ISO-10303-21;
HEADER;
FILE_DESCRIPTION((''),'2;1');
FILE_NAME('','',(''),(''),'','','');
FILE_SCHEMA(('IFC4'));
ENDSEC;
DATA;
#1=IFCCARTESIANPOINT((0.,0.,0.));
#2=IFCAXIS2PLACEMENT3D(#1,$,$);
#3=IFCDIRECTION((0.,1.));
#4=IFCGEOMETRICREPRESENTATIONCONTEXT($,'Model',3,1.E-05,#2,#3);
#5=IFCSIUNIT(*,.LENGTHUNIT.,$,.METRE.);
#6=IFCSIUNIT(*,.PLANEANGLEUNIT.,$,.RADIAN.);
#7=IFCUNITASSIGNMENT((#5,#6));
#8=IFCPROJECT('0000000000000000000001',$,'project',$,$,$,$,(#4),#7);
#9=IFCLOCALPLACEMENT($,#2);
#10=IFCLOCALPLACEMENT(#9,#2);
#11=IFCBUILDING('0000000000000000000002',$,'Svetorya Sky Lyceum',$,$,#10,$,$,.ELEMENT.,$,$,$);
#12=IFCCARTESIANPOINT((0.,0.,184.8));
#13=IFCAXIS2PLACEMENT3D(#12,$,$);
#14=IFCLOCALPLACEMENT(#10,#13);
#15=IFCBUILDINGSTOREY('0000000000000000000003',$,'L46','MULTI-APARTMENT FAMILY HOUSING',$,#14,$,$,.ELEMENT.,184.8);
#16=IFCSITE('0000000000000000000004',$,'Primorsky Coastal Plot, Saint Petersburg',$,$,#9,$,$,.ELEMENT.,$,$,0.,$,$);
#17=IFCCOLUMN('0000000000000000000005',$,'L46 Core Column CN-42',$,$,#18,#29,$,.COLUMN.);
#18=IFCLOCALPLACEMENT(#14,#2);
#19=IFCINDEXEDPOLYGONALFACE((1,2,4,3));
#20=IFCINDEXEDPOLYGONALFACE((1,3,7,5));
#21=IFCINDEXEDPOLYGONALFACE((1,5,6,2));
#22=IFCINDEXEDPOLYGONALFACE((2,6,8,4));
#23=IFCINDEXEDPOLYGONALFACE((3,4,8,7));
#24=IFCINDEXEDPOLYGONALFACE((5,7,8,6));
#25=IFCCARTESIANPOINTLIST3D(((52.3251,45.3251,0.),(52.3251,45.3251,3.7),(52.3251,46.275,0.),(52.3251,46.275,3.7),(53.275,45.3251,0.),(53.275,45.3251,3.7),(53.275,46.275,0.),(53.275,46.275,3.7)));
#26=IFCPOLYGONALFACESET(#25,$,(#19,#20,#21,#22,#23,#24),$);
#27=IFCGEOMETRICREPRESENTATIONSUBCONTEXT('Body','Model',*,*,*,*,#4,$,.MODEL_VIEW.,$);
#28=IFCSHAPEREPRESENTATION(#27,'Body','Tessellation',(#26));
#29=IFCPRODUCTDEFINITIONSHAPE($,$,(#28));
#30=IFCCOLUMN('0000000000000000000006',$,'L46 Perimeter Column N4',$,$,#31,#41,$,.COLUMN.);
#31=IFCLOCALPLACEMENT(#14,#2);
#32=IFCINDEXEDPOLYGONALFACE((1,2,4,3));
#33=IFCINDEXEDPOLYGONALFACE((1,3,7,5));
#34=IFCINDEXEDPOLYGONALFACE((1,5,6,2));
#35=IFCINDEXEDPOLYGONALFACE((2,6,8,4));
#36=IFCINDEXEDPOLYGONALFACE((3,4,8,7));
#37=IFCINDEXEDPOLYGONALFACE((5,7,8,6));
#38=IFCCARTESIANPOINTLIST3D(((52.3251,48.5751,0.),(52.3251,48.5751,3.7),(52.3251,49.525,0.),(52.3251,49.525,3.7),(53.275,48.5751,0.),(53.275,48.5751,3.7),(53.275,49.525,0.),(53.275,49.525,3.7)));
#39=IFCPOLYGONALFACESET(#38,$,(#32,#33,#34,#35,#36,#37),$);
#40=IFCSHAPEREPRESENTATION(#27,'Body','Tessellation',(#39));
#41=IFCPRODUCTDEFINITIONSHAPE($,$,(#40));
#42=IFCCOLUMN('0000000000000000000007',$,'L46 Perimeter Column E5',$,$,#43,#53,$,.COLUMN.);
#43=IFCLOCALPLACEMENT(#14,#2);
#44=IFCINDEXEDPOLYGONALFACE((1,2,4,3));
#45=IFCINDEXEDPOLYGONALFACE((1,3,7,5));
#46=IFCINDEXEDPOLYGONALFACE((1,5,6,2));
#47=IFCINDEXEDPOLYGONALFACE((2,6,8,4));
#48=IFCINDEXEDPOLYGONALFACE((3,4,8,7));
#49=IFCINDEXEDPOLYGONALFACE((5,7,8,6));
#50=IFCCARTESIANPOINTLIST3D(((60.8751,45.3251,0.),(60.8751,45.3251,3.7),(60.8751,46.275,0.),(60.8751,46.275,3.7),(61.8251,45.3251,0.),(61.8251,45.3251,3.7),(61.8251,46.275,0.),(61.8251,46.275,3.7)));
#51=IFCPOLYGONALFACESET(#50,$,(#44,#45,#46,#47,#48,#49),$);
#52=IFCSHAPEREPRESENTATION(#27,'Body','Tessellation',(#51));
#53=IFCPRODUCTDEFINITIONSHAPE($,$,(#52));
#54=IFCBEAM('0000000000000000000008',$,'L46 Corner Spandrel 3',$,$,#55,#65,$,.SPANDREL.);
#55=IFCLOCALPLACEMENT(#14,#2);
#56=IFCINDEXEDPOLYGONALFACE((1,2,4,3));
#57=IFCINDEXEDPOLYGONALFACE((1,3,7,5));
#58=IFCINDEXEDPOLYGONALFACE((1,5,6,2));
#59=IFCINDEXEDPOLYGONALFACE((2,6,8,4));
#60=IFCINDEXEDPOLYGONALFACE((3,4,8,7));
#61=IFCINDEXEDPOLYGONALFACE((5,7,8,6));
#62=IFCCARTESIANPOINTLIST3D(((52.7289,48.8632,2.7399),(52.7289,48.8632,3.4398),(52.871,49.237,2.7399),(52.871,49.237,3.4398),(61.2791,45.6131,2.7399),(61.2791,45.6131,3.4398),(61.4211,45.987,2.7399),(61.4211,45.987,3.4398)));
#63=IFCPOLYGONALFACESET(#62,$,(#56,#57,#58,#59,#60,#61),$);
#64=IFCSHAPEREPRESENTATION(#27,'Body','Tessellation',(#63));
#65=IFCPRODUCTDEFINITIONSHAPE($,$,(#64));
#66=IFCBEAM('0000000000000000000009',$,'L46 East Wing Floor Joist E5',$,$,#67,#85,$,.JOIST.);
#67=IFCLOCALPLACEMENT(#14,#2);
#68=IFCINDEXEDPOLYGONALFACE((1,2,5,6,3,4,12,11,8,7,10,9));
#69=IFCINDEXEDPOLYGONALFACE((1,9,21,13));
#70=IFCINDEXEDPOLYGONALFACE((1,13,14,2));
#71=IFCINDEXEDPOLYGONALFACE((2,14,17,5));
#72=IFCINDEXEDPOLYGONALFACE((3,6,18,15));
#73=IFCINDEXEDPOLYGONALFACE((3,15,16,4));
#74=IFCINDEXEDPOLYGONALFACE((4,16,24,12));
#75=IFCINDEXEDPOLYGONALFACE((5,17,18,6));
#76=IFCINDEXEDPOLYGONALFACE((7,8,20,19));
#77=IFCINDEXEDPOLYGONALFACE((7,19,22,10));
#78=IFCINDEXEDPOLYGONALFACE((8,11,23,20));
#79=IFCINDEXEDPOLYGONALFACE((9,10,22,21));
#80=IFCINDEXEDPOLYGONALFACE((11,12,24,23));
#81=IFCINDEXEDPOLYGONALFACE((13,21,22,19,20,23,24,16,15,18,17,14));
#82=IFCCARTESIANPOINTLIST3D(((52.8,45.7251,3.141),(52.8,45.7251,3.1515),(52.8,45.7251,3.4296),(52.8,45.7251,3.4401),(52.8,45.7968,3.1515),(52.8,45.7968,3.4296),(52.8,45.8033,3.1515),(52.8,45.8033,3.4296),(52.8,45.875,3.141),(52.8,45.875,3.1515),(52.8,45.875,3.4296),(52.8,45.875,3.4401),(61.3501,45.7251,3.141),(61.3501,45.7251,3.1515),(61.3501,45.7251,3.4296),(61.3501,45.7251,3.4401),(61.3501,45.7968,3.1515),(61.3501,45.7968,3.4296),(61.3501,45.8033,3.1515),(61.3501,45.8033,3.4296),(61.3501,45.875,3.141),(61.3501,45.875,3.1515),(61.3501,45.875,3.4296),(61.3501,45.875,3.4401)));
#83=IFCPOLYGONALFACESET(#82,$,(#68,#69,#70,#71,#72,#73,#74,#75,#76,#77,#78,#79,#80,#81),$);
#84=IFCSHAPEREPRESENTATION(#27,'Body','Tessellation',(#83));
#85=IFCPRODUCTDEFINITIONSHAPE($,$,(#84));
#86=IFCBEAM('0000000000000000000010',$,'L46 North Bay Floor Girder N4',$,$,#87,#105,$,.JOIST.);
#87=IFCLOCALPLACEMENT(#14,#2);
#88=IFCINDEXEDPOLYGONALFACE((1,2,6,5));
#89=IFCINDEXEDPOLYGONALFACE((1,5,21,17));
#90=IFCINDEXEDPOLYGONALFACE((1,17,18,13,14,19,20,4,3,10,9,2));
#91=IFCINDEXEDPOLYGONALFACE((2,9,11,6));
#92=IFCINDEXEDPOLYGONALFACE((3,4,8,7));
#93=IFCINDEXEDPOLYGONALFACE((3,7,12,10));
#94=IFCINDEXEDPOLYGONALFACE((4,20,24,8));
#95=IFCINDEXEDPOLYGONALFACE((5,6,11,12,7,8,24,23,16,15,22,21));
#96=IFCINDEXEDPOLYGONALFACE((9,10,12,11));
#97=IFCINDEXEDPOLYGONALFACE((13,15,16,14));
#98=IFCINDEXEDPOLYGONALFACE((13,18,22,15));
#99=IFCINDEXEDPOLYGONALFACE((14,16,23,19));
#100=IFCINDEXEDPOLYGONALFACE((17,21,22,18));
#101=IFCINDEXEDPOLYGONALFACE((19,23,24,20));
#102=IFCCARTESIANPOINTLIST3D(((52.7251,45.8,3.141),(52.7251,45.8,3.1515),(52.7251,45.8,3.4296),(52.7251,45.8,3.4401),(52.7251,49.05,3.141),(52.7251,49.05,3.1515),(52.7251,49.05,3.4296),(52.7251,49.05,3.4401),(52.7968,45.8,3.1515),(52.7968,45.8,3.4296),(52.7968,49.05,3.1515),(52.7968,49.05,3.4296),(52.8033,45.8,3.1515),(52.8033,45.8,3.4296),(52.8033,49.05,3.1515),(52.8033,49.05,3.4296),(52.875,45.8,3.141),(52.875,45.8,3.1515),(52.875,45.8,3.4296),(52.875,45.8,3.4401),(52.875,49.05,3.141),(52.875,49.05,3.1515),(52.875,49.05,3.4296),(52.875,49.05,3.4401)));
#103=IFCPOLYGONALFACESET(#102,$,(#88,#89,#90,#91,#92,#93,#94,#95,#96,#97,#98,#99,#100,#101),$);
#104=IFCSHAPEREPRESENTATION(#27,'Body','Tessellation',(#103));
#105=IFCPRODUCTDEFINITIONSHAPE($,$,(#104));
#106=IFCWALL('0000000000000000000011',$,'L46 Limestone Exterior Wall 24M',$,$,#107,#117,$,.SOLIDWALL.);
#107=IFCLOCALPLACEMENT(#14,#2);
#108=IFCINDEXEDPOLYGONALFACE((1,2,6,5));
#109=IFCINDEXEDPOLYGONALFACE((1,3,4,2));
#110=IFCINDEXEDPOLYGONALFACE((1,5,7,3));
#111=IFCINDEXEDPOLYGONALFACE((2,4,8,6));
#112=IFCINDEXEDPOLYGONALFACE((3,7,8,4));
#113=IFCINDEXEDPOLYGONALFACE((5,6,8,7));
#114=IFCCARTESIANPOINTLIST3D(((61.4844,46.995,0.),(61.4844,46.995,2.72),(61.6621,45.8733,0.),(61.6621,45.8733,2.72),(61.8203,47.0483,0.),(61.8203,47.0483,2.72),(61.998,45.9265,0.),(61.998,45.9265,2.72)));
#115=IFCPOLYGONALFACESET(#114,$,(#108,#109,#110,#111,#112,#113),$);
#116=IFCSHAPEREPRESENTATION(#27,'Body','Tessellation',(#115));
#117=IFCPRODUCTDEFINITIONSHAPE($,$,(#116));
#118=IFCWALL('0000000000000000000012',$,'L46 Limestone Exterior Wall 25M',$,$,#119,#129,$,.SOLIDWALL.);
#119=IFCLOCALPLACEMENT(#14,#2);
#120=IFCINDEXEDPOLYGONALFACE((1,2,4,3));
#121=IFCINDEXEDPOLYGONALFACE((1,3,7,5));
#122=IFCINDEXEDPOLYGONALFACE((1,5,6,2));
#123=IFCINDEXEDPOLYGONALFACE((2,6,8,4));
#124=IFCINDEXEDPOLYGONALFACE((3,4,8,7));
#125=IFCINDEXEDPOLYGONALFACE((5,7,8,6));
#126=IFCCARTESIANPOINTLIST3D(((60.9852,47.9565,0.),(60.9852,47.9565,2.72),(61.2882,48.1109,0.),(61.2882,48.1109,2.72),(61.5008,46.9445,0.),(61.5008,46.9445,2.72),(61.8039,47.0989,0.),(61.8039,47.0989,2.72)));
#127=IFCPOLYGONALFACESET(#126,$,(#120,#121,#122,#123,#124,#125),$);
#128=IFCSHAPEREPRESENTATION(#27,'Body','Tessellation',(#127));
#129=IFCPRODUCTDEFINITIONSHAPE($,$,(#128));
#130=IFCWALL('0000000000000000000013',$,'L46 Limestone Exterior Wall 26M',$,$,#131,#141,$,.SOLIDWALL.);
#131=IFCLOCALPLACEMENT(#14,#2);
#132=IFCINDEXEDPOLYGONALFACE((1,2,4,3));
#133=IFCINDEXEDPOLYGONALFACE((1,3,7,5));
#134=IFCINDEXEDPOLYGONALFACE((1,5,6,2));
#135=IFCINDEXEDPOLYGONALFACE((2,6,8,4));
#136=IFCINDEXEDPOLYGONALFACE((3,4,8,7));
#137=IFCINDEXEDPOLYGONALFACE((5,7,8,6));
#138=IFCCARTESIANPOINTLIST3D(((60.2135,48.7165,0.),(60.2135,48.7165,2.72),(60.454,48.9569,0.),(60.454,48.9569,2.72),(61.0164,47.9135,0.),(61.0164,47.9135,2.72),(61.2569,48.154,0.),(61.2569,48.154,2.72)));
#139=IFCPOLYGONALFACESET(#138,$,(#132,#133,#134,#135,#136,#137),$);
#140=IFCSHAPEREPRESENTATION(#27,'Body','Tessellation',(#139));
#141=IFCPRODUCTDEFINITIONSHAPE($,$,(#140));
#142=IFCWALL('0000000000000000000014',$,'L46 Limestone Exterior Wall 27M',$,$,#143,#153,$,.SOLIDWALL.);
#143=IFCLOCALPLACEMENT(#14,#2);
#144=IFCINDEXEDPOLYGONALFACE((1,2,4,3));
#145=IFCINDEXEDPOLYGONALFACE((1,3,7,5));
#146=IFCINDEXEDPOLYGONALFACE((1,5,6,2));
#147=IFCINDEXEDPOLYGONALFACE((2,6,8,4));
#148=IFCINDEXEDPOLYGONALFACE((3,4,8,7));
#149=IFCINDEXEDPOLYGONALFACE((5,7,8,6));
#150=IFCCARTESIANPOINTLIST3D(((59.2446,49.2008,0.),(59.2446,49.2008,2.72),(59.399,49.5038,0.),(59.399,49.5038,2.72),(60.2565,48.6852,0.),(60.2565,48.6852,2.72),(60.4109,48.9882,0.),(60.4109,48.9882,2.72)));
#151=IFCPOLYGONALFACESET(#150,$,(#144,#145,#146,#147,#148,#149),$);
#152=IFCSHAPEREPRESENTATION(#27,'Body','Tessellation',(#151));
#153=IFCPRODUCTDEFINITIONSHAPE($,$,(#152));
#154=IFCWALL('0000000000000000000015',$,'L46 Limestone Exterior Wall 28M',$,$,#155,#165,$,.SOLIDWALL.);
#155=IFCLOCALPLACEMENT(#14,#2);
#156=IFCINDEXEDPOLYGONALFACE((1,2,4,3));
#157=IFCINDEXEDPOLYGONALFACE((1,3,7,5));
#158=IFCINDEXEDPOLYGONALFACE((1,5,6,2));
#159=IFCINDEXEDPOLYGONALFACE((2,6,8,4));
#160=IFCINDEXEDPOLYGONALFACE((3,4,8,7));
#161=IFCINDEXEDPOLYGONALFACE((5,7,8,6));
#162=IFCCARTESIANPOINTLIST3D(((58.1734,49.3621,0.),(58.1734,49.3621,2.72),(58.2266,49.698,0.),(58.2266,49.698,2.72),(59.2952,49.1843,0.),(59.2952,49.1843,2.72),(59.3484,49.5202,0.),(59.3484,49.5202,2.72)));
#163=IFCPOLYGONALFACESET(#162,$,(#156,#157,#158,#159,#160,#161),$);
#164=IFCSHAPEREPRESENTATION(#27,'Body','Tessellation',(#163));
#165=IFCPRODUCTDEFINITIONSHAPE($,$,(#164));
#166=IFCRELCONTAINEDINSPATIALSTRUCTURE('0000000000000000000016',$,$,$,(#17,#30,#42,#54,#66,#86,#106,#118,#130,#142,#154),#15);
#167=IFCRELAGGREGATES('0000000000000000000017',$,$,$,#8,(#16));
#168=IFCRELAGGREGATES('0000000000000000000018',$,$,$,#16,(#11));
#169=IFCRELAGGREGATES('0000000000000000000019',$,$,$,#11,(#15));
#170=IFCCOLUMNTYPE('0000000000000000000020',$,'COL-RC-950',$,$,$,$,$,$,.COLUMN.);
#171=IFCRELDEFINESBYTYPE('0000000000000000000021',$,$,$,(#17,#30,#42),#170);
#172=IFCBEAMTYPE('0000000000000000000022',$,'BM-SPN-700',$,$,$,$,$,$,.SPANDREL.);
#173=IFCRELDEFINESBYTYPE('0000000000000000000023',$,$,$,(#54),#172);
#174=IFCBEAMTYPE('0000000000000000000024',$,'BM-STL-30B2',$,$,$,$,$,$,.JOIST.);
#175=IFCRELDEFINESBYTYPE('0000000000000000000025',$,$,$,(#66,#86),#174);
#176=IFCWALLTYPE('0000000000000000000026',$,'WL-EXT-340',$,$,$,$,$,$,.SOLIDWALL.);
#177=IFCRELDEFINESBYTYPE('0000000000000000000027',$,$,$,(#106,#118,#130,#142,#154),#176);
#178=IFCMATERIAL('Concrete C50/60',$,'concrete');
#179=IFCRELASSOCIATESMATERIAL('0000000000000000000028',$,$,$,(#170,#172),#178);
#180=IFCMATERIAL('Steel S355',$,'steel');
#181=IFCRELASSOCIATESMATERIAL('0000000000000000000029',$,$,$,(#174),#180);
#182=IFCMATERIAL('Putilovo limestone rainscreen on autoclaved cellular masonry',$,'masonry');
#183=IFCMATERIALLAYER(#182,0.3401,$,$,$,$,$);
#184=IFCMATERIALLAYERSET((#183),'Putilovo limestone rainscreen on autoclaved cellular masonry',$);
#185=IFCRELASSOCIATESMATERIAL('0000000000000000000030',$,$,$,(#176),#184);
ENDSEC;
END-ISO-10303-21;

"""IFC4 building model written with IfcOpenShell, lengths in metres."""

from ifc_helpers import new_model, si_unit, direction, frame, frame_2d, origin, origin_2d, place, context, subcontext, project, spatial, rectangle, i_section, extrude, material, layer, layer_set, material_profile, profile_set, type_object, element, save


model = new_model("IFC4")

# Units and contexts
model_context = context("Model", 3, precision=1e-05, world=origin(), true_north=direction((0.0, 1.0)))
body_context = subcontext(model_context, "Body", "Model", "MODEL_VIEW")
ifc_project = project(units=[si_unit("LENGTHUNIT", "METRE"), si_unit("PLANEANGLEUNIT", "RADIAN")], contexts=[model_context])

# Site, building, storey
site_placement = place(None, origin())
site = spatial("IfcSite", under=ifc_project, at=site_placement, Name="Primorsky Coastal Plot, Saint Petersburg", CompositionType="ELEMENT", RefElevation=0.0)
building_placement = place(site_placement, origin())
building = spatial("IfcBuilding", under=site, at=building_placement, Name="Svetorya Sky Lyceum", CompositionType="ELEMENT")
storey_placement = place(building_placement, frame((0.0, 0.0, 184.8)))
storey = spatial("IfcBuildingStorey", under=building, at=storey_placement, Name="L46", Description="MULTI-APARTMENT FAMILY HOUSING", CompositionType="ELEMENT", Elevation=184.8)

# Columns
ifc_material_1 = material(Name="Concrete C50/60", Category="concrete")
ifc_material_profile_1 = material_profile(ifc_material_1, rectangle(XDim=0.95, YDim=0.95, at=origin_2d()), Name="RC COL 950x950")
ifc_profile_set_1 = profile_set([ifc_material_profile_1], Name="Concrete C50/60")
column_type = type_object("IfcColumnType", Name="COL-RC-950", PredefinedType="COLUMN", material=ifc_profile_set_1)
for number, where, z_axis, x_axis, name in (
    (1, (52.8, 45.8, 0.0), (0.0, 0.0, 1.0), (1.0, 0.0, 0.0), "L46 Core Column CN-42"),
    (2, (52.8, 49.05, 0.0), (0.0, 0.0, 1.0), (1.0, 0.0, 0.0), "L46 Perimeter Column N4"),
    (3, (61.3501, 45.8, 0.0), (0.0, 0.0, 1.0), (1.0, 0.0, 0.0), "L46 Perimeter Column E5"),
):
    element("IfcColumn", number, at=place(storey_placement, frame(where, z_axis=z_axis, x_axis=x_axis)), inside=storey, type_object=column_type, Name=name, PredefinedType="COLUMN", context=body_context, shape_type="SweptSolid", body=[
        extrude(rectangle(XDim=0.95, YDim=0.95, at=origin_2d()), origin(), (0.0, 0.0, 1.0), 3.7),
    ])

# Beams
ifc_material_profile_2 = material_profile(ifc_material_1, rectangle(XDim=0.3999, YDim=0.7, at=origin_2d()), Name="RC SPANDREL 400x700")
ifc_profile_set_2 = profile_set([ifc_material_profile_2], Name="Concrete C50/60")
beam_type_1 = type_object("IfcBeamType", Name="BM-SPN-700", PredefinedType="SPANDREL", material=ifc_profile_set_2)
beam_1_placement = place(storey_placement, frame((61.3501, 45.8, 3.0898), z_axis=(-0.934748, 0.355312, 0.0), x_axis=(-0.355312, -0.934748, 0.0)))
element("IfcBeam", 4, at=beam_1_placement, inside=storey, type_object=beam_type_1, Name="L46 Corner Spandrel 3", PredefinedType="SPANDREL", context=body_context, shape_type="SweptSolid", body=[
    extrude(rectangle(XDim=0.3999, YDim=0.7, at=origin_2d()), origin(), (0.0, 0.0, 1.0), 9.147),
])
ifc_material_2 = material(Name="Steel S355", Category="steel")
ifc_material_profile_3 = material_profile(ifc_material_2, i_section(OverallWidth=0.1499, OverallDepth=0.2991, WebThickness=0.0066, FlangeThickness=0.0105, at=origin_2d()), Name="GOST 30B2")
ifc_profile_set_3 = profile_set([ifc_material_profile_3], Name="Steel S355")
beam_type_2 = type_object("IfcBeamType", Name="BM-STL-30B2", PredefinedType="JOIST", material=ifc_profile_set_3)
beam_2_placement = place(storey_placement, frame((52.8, 45.8, 3.2905), z_axis=(1.0, 0.0, 0.0), x_axis=(0.0, 1.0, 0.0)))
element("IfcBeam", 5, at=beam_2_placement, inside=storey, type_object=beam_type_2, Name="L46 East Wing Floor Joist E5", PredefinedType="JOIST", context=body_context, shape_type="SweptSolid", body=[
    extrude(i_section(OverallWidth=0.1499, OverallDepth=0.2991, WebThickness=0.0066, FlangeThickness=0.0105, at=origin_2d()), origin(), (0.0, 0.0, 1.0), 8.55),
])
beam_3_placement = place(storey_placement, frame((52.8, 45.8, 3.2905), z_axis=(0.0, 1.0, 0.0), x_axis=(-1.0, 0.0, 0.0)))
element("IfcBeam", 6, at=beam_3_placement, inside=storey, type_object=beam_type_2, Name="L46 North Bay Floor Girder N4", PredefinedType="JOIST", context=body_context, shape_type="SweptSolid", body=[
    extrude(i_section(OverallWidth=0.1499, OverallDepth=0.2991, WebThickness=0.0066, FlangeThickness=0.0105, at=origin_2d()), origin(), (0.0, 0.0, 1.0), 3.25),
])

# Walls
ifc_material_3 = material(Name="Putilovo limestone rainscreen on autoclaved cellular masonry", Category="masonry")
ifc_layer_1 = layer(ifc_material_3, 0.3401)
ifc_layer_set_1 = layer_set([ifc_layer_1], Name="Putilovo limestone rainscreen on autoclaved cellular masonry")
wall_type_1 = type_object("IfcWallType", Name="WL-EXT-340", PredefinedType="SOLIDWALL", material=ifc_layer_set_1)
for number, where, z_axis, x_axis, name in (
    (7, (61.8301, 45.8999, 0.0), (0.0, 0.0, 1.0), (-0.156481, 0.987681, 0.0), "L46 Limestone Exterior Wall 24M"),
    (8, (61.6523, 47.0217, 0.0), (0.0, 0.0, 1.0), (-0.453993, 0.891005, 0.0), "L46 Limestone Exterior Wall 25M"),
):
    element("IfcWall", number, at=place(storey_placement, frame(where, z_axis=z_axis, x_axis=x_axis)), inside=storey, type_object=wall_type_1, Name=name, PredefinedType="SOLIDWALL", context=body_context, shape_type="SweptSolid", body=[
        extrude(rectangle(XDim=1.1357, YDim=0.3401, at=frame_2d((0.5679, 0.0))), origin(), (0.0, 0.0, 1.0), 2.72),
    ])
wall_1_placement = place(storey_placement, frame((61.1367, 48.0337, 0.0), z_axis=(0.0, 0.0, 1.0), x_axis=(-0.707107, 0.707107, 0.0)))
element("IfcWall", 9, at=wall_1_placement, inside=storey, type_object=wall_type_1, Name="L46 Limestone Exterior Wall 26M", PredefinedType="SOLIDWALL", context=body_context, shape_type="SweptSolid", body=[
    extrude(rectangle(XDim=1.1355, YDim=0.3401, at=frame_2d((0.5679, 0.0))), origin(), (0.0, 0.0, 1.0), 2.72),
])
for number, where, z_axis, x_axis, name in (
    (10, (60.3337, 48.8367, 0.0), (0.0, 0.0, 1.0), (-0.891005, 0.453993, 0.0), "L46 Limestone Exterior Wall 27M"),
    (11, (59.3218, 49.3523, 0.0), (0.0, 0.0, 1.0), (-0.987681, 0.156481, 0.0), "L46 Limestone Exterior Wall 28M"),
):
    element("IfcWall", number, at=place(storey_placement, frame(where, z_axis=z_axis, x_axis=x_axis)), inside=storey, type_object=wall_type_1, Name=name, PredefinedType="SOLIDWALL", context=body_context, shape_type="SweptSolid", body=[
        extrude(rectangle(XDim=1.1357, YDim=0.3401, at=frame_2d((0.5679, 0.0))), origin(), (0.0, 0.0, 1.0), 2.72),
    ])

save(model, "model.ifc")
